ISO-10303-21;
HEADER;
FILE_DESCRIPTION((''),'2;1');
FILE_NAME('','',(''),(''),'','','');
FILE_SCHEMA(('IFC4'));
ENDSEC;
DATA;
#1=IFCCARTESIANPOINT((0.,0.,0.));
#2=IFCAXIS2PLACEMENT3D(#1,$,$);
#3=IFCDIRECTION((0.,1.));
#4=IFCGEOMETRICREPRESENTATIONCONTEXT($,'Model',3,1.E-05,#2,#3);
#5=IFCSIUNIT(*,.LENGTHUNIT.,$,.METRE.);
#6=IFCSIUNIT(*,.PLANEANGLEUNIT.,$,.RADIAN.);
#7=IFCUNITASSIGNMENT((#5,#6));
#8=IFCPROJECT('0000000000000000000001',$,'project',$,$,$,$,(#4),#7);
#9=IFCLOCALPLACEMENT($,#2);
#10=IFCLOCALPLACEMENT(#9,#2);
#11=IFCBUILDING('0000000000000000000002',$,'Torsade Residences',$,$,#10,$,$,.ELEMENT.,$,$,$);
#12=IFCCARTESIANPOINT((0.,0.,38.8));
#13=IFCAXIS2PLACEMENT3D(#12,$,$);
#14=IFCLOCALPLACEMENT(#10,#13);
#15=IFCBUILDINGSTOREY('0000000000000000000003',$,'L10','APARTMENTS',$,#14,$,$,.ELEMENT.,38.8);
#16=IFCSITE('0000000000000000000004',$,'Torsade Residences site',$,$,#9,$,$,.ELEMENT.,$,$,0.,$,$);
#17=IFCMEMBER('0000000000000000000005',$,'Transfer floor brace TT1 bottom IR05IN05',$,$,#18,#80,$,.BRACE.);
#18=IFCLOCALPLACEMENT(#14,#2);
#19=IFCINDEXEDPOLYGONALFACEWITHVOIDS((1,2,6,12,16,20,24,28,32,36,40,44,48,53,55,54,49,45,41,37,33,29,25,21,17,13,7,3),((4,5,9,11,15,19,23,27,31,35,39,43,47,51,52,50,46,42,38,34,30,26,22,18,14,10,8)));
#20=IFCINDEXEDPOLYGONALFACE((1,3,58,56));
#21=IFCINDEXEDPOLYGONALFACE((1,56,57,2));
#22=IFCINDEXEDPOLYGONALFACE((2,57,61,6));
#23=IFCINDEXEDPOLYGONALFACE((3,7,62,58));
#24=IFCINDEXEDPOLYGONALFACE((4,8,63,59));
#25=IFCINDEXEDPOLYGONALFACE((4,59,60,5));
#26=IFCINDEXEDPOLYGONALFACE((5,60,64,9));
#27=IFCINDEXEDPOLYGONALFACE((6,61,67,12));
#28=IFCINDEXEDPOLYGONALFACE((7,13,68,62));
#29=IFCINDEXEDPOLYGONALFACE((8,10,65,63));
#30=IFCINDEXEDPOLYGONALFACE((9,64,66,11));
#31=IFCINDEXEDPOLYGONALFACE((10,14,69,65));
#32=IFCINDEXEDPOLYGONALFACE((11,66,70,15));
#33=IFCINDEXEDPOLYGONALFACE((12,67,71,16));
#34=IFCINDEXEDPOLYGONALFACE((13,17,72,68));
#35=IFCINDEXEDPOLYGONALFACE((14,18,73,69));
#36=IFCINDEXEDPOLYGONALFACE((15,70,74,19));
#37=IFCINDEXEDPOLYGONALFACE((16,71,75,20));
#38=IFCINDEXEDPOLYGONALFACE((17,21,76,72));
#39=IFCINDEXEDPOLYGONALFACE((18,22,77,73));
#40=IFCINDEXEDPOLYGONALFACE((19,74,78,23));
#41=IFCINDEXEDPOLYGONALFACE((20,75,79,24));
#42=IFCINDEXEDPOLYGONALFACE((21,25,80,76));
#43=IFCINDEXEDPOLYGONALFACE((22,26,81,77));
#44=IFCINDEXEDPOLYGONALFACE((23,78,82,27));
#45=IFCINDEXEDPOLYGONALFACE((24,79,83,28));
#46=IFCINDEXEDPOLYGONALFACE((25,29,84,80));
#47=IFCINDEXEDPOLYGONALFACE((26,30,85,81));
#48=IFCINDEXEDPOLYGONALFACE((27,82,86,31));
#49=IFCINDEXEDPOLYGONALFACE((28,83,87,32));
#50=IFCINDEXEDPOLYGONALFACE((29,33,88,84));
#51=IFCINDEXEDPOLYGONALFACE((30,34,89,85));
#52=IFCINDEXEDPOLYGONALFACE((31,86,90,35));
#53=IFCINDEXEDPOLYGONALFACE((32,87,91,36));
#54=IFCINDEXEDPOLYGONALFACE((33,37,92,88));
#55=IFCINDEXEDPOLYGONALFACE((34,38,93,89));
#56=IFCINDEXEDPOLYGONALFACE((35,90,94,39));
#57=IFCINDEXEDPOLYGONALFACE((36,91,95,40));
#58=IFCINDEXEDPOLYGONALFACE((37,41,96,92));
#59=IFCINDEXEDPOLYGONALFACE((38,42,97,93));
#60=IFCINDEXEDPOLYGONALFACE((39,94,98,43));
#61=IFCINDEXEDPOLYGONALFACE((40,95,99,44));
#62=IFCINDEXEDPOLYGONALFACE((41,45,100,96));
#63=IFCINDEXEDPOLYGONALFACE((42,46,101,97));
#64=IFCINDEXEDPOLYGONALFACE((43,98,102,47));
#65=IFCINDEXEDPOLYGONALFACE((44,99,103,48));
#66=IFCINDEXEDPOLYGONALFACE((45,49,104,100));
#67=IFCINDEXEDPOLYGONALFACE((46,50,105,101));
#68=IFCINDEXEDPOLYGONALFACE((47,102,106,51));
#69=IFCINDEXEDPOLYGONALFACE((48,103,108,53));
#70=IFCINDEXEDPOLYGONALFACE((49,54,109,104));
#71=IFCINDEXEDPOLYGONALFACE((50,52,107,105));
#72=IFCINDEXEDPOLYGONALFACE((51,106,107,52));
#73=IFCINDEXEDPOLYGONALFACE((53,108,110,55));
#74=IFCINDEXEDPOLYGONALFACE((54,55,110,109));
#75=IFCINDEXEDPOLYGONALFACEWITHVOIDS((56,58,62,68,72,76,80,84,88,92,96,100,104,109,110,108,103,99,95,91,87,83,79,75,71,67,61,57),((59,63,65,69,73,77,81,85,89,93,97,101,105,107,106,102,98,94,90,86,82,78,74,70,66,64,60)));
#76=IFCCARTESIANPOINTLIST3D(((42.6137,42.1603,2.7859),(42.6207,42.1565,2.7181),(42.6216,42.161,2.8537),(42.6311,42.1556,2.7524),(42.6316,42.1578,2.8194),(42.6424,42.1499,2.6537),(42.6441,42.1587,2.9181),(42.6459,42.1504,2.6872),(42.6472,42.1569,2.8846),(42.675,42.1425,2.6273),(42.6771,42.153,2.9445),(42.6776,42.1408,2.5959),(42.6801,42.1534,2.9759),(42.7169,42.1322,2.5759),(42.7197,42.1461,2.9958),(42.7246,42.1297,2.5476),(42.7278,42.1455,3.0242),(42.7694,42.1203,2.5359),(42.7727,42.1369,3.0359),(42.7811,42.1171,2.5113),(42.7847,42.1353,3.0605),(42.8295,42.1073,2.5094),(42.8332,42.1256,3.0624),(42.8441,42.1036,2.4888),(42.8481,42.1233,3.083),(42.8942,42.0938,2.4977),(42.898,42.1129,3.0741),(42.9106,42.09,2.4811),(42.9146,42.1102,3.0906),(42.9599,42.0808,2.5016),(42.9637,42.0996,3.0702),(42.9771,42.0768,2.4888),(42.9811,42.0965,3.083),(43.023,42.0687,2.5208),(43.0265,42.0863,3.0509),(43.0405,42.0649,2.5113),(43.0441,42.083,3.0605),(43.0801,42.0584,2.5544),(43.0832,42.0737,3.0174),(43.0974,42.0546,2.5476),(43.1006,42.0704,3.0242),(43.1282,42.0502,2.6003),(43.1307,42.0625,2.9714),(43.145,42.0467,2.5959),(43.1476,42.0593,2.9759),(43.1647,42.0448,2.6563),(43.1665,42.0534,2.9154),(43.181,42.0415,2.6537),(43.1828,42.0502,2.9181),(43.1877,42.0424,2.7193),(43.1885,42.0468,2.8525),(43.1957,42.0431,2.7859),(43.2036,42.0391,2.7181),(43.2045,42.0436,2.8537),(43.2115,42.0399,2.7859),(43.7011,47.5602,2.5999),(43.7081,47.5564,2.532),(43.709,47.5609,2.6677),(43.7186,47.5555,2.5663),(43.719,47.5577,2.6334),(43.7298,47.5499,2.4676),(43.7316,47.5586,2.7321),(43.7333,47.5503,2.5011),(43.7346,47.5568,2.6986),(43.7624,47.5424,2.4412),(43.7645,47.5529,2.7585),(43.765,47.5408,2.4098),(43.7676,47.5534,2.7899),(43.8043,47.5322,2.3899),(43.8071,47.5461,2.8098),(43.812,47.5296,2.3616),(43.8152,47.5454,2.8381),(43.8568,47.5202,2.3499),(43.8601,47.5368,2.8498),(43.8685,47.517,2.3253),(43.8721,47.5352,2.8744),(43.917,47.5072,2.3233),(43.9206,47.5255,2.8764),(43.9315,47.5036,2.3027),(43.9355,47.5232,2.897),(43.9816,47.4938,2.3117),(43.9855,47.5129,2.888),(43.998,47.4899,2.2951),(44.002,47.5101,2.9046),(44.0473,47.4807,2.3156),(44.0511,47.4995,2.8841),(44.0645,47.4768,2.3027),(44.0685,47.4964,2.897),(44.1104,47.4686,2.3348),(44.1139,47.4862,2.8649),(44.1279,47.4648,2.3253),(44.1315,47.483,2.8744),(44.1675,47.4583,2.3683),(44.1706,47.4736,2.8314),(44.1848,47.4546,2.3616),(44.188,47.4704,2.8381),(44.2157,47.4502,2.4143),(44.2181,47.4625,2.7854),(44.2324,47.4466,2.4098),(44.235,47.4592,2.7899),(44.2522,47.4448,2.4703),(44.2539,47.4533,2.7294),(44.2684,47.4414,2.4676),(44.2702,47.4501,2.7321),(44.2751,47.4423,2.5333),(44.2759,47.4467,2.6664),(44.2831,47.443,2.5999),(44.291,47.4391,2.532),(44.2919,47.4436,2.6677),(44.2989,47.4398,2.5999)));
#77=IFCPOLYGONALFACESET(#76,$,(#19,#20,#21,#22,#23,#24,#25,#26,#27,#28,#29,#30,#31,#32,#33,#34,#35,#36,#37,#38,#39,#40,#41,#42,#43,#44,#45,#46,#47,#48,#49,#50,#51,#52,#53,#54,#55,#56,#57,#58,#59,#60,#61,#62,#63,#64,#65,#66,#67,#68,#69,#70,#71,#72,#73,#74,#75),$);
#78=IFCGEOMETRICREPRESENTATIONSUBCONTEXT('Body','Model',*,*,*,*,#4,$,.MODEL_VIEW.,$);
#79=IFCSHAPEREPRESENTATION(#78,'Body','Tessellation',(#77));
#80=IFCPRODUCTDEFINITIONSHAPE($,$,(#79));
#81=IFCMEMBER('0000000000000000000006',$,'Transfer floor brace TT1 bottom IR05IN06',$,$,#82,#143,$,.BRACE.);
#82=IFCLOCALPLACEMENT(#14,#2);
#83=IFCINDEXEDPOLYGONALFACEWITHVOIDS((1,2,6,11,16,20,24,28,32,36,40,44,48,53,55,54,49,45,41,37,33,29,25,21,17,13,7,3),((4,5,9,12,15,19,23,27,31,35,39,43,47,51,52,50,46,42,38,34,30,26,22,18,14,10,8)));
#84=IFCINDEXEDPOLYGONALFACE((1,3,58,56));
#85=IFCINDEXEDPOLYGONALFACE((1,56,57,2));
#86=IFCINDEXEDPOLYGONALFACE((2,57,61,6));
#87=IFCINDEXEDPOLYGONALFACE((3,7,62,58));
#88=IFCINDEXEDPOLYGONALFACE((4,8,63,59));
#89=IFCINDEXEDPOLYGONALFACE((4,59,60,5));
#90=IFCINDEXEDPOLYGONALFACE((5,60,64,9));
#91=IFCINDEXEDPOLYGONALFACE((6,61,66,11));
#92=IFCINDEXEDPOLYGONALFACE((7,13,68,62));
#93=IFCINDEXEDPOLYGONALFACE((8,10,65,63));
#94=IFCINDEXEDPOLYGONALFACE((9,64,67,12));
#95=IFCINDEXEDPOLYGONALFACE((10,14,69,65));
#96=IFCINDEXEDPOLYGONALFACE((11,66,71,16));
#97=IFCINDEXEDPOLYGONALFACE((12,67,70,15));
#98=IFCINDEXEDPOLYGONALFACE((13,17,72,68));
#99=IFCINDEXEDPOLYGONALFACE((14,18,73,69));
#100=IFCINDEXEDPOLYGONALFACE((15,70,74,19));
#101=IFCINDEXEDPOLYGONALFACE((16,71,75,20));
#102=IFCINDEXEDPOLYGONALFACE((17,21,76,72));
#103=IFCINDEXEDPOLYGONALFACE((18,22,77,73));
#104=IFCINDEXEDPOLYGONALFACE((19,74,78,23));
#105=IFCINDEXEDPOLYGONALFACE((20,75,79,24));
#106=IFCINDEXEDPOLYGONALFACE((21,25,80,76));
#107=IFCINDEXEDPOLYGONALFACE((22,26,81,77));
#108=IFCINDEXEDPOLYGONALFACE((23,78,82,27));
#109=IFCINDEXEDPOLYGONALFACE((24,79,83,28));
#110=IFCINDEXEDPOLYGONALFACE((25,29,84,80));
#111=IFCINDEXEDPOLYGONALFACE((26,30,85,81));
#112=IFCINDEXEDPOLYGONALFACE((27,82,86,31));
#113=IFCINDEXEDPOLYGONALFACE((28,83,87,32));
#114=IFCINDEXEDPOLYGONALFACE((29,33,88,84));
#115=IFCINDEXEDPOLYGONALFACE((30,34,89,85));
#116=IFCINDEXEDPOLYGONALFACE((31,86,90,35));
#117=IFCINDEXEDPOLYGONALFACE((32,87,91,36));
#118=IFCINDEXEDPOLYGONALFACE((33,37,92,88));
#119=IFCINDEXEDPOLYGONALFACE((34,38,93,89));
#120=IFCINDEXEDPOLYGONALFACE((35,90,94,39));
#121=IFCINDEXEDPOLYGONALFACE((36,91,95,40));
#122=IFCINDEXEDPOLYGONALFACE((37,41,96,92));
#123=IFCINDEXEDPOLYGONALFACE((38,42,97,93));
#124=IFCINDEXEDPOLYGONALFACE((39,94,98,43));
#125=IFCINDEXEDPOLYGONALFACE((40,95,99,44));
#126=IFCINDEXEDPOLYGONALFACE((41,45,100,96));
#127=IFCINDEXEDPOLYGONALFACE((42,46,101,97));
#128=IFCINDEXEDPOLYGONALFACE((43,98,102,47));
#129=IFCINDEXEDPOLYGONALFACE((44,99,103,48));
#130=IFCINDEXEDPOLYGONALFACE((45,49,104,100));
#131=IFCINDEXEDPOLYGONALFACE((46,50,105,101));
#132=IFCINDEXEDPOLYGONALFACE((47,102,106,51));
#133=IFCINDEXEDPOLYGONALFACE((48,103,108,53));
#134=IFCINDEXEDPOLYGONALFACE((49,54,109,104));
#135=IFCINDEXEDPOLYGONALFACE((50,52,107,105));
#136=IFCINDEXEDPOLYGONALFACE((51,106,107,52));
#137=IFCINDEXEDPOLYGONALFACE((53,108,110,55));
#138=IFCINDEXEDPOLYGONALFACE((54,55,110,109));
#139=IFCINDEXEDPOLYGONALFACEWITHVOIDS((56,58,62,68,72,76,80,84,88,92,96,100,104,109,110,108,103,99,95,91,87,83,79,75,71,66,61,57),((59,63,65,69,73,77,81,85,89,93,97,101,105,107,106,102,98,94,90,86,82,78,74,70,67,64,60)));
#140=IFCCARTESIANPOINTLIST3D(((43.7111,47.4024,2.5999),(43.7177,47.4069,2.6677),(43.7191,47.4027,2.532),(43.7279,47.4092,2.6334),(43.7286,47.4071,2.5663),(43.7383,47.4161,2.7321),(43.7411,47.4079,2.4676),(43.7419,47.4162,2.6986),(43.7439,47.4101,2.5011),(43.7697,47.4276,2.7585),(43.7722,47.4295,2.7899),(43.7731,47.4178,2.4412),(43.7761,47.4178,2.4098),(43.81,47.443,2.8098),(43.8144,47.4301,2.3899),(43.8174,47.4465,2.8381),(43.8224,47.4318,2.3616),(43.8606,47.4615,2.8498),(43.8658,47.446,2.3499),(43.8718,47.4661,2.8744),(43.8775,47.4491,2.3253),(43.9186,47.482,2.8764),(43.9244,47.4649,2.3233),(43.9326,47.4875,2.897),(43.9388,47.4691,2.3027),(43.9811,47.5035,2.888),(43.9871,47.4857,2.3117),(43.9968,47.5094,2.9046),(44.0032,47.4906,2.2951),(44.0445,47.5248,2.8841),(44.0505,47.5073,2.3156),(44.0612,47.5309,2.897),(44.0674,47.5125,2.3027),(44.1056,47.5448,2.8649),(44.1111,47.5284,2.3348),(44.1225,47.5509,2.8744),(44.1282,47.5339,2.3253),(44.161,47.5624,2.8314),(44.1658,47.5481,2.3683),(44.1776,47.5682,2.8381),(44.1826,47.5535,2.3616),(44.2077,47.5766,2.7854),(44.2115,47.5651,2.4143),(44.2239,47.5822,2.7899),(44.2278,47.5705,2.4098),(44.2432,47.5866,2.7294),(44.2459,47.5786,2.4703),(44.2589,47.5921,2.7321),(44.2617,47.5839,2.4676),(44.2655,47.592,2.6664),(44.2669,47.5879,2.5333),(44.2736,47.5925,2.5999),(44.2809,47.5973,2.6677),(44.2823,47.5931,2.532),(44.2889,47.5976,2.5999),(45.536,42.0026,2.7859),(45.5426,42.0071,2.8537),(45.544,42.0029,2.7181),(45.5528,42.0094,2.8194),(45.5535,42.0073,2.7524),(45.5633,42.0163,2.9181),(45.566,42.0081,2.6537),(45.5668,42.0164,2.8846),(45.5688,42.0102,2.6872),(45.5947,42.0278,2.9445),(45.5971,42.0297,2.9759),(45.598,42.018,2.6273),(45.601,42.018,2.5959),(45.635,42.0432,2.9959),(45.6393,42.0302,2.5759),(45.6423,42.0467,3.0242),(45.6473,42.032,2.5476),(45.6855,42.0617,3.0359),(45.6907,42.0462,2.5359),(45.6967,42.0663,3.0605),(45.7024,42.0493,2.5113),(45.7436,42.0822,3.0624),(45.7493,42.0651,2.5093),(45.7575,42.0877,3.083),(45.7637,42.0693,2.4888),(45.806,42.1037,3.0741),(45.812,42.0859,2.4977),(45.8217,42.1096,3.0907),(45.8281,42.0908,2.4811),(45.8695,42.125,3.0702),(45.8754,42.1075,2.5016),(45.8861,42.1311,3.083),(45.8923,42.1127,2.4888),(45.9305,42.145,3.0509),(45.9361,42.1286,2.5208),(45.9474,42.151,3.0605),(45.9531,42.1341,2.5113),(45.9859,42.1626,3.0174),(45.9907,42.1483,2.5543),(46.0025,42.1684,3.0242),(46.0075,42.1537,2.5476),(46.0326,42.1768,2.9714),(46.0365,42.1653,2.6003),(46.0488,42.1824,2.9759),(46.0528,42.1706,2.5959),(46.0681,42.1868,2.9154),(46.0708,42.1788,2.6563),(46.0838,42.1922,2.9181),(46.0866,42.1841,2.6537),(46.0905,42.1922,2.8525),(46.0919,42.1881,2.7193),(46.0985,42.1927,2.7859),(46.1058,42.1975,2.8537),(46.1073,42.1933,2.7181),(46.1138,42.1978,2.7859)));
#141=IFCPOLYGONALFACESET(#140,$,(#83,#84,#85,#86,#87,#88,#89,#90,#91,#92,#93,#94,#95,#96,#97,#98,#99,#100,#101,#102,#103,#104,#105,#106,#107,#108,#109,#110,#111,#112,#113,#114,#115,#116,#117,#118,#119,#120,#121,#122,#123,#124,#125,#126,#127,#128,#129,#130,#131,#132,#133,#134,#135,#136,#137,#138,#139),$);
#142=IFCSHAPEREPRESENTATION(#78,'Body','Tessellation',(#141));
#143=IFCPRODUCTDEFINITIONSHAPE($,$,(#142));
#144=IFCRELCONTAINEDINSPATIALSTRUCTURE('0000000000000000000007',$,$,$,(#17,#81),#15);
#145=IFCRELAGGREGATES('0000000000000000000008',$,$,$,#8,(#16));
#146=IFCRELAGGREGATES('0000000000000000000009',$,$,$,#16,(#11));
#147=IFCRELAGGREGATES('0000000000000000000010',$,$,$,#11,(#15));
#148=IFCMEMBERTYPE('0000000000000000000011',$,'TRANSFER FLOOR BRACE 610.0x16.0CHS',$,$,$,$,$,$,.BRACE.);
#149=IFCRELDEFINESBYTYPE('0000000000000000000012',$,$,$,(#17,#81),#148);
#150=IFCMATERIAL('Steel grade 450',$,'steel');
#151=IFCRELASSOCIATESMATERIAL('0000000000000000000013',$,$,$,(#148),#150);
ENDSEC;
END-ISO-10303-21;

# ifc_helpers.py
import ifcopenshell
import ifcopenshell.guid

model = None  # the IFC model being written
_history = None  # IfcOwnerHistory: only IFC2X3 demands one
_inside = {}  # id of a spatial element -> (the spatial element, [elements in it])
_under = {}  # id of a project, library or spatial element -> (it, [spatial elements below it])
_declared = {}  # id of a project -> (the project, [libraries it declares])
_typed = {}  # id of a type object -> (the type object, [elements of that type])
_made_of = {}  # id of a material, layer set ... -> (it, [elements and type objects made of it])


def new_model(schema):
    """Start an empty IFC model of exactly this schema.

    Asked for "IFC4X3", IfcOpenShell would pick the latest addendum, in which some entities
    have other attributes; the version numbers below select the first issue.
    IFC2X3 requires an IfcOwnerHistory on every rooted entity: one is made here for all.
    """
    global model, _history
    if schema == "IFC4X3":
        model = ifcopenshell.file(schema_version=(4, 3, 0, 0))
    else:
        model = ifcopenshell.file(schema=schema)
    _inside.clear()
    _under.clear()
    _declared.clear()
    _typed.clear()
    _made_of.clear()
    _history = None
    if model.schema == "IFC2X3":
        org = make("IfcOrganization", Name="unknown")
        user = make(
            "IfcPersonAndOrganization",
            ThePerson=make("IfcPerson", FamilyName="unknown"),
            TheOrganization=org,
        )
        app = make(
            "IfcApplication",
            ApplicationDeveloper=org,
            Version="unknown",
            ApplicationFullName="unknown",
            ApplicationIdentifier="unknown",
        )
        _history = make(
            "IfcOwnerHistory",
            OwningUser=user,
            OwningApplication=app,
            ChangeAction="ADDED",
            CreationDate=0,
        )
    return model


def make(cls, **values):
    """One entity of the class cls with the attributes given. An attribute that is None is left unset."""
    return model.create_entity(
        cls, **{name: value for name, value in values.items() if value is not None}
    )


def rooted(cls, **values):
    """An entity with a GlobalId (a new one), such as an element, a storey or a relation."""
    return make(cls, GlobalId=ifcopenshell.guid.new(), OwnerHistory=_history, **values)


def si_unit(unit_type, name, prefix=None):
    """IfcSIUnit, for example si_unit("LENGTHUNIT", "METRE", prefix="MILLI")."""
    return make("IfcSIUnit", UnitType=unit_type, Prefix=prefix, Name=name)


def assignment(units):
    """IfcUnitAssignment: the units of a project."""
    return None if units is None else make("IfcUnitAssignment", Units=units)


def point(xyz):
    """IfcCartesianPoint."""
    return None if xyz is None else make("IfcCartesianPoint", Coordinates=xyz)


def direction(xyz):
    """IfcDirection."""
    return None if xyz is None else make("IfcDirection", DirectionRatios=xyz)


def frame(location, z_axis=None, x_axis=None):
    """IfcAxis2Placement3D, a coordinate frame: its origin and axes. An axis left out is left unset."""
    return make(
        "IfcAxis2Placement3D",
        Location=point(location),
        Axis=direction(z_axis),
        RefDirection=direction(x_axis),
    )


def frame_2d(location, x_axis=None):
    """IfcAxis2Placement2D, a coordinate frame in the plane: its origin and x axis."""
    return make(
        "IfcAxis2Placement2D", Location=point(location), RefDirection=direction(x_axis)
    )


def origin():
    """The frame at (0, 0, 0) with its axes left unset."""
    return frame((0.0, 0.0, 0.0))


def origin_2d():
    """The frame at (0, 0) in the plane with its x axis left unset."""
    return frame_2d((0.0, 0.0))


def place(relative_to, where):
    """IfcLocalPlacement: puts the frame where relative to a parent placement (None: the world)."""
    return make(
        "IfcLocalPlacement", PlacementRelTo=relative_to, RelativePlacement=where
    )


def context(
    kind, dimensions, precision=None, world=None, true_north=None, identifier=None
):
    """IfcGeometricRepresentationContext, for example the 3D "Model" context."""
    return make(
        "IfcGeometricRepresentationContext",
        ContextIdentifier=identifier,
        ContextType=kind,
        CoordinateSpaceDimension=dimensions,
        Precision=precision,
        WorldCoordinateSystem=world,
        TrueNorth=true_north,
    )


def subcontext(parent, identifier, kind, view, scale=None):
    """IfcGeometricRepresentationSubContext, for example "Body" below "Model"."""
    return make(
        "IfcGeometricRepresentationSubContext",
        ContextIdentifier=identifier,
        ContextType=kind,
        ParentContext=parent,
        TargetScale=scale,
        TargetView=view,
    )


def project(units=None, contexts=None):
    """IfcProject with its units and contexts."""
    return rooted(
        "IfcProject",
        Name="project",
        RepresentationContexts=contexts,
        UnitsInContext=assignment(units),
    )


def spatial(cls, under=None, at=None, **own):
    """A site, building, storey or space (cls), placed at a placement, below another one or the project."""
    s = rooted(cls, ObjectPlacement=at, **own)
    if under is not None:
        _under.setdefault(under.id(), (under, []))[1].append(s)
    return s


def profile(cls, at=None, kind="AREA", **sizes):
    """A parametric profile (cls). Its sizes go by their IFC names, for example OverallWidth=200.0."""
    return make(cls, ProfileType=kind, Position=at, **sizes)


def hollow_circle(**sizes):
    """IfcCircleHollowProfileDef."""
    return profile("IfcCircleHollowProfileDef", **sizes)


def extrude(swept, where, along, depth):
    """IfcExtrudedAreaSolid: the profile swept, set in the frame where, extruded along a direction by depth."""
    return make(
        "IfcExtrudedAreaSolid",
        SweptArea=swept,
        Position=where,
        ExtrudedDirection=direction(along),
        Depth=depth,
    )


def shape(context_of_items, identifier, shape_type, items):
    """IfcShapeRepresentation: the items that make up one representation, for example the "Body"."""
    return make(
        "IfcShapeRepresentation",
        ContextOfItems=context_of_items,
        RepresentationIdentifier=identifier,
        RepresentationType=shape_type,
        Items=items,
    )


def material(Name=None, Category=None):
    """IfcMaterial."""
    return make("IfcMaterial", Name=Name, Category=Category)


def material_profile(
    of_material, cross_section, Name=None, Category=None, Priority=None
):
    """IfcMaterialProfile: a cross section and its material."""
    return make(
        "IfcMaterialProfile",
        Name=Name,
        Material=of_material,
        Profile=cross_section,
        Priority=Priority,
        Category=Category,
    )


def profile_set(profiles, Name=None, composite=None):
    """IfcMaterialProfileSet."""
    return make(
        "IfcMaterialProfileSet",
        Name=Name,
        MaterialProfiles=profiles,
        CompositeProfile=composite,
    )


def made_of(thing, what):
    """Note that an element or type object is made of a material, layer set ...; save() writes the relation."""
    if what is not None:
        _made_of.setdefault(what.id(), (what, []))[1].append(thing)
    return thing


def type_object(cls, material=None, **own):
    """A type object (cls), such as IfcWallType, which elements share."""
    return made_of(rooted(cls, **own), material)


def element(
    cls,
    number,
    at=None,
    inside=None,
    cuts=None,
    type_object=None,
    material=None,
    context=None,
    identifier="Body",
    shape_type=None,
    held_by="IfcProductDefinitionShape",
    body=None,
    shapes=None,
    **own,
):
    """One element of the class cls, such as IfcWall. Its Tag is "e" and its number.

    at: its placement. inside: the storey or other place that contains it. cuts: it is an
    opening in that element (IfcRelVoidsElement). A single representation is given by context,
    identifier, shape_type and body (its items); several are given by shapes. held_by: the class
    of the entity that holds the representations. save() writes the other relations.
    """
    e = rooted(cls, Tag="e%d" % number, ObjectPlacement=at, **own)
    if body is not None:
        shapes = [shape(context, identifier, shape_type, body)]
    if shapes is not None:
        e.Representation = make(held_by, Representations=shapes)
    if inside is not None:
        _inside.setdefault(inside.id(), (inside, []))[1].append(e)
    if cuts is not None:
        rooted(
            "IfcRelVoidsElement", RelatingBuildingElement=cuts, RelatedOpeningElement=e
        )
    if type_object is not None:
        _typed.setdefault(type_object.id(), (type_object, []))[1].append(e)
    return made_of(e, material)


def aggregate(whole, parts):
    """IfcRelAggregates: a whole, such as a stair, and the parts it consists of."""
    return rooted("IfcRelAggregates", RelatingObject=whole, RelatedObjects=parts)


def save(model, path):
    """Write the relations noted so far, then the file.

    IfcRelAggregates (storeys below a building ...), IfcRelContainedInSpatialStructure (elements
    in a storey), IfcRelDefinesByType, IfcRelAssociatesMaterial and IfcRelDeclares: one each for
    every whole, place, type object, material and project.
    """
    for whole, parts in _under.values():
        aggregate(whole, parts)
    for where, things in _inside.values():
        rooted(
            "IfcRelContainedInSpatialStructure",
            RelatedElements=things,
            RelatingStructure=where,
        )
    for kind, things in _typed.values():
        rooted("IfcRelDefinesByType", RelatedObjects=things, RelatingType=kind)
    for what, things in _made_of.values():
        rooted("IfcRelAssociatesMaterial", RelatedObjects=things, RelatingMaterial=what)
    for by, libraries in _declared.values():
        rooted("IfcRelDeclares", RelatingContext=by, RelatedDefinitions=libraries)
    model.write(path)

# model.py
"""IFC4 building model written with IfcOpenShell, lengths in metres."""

from ifc_helpers import new_model, si_unit, direction, frame, origin, origin_2d, place, context, subcontext, project, spatial, hollow_circle, extrude, material, material_profile, profile_set, type_object, element, save


model = new_model("IFC4")

# Units and contexts
model_context = context("Model", 3, precision=1e-05, world=origin(), true_north=direction((0.0, 1.0)))
body_context = subcontext(model_context, "Body", "Model", "MODEL_VIEW")
ifc_project = project(units=[si_unit("LENGTHUNIT", "METRE"), si_unit("PLANEANGLEUNIT", "RADIAN")], contexts=[model_context])

# Site, building, storey
site_placement = place(None, origin())
site = spatial("IfcSite", under=ifc_project, at=site_placement, Name="Torsade Residences site", CompositionType="ELEMENT", RefElevation=0.0)
building_placement = place(site_placement, origin())
building = spatial("IfcBuilding", under=site, at=building_placement, Name="Torsade Residences", CompositionType="ELEMENT")
storey_placement = place(building_placement, frame((0.0, 0.0, 38.8)))
storey = spatial("IfcBuildingStorey", under=building, at=storey_placement, Name="L10", Description="APARTMENTS", CompositionType="ELEMENT", Elevation=38.8)

# Members
ifc_material_1 = material(Name="Steel grade 450", Category="steel")
ifc_material_profile_1 = material_profile(ifc_material_1, hollow_circle(Radius=0.3049, WallThickness=0.0161, at=origin_2d()), Name="610.0x16.0CHS")
ifc_profile_set_1 = profile_set([ifc_material_profile_1], Name="Steel grade 450")
member_type_1 = type_object("IfcMemberType", Name="TRANSFER FLOOR BRACE 610.0x16.0CHS", PredefinedType="BRACE", material=ifc_profile_set_1)
member_1_placement = place(storey_placement, frame((44.0, 47.5, 2.5999), z_axis=(-0.197299, -0.979762, 0.033754), x_axis=(0.980321, -0.197412, 0.0)))
element("IfcMember", 1, at=member_1_placement, inside=storey, type_object=member_type_1, Name="Transfer floor brace TT1 bottom IR05IN05", PredefinedType="BRACE", context=body_context, shape_type="SweptSolid", body=[
    extrude(hollow_circle(Radius=0.3049, WallThickness=0.0161, at=origin_2d()), origin(), (0.0, 0.0, 1.0), 5.5115),
])
member_2_placement = place(storey_placement, frame((44.0, 47.5, 2.5999), z_axis=(0.319999, -0.946856, 0.032621), x_axis=(0.94736, 0.32017, 0.0)))
element("IfcMember", 2, at=member_2_placement, inside=storey, type_object=member_type_1, Name="Transfer floor brace TT1 bottom IR05IN06", PredefinedType="BRACE", context=body_context, shape_type="SweptSolid", body=[
    extrude(hollow_circle(Radius=0.3049, WallThickness=0.0161, at=origin_2d()), origin(), (0.0, 0.0, 1.0), 5.7029),
])

save(model, "model.ifc")
